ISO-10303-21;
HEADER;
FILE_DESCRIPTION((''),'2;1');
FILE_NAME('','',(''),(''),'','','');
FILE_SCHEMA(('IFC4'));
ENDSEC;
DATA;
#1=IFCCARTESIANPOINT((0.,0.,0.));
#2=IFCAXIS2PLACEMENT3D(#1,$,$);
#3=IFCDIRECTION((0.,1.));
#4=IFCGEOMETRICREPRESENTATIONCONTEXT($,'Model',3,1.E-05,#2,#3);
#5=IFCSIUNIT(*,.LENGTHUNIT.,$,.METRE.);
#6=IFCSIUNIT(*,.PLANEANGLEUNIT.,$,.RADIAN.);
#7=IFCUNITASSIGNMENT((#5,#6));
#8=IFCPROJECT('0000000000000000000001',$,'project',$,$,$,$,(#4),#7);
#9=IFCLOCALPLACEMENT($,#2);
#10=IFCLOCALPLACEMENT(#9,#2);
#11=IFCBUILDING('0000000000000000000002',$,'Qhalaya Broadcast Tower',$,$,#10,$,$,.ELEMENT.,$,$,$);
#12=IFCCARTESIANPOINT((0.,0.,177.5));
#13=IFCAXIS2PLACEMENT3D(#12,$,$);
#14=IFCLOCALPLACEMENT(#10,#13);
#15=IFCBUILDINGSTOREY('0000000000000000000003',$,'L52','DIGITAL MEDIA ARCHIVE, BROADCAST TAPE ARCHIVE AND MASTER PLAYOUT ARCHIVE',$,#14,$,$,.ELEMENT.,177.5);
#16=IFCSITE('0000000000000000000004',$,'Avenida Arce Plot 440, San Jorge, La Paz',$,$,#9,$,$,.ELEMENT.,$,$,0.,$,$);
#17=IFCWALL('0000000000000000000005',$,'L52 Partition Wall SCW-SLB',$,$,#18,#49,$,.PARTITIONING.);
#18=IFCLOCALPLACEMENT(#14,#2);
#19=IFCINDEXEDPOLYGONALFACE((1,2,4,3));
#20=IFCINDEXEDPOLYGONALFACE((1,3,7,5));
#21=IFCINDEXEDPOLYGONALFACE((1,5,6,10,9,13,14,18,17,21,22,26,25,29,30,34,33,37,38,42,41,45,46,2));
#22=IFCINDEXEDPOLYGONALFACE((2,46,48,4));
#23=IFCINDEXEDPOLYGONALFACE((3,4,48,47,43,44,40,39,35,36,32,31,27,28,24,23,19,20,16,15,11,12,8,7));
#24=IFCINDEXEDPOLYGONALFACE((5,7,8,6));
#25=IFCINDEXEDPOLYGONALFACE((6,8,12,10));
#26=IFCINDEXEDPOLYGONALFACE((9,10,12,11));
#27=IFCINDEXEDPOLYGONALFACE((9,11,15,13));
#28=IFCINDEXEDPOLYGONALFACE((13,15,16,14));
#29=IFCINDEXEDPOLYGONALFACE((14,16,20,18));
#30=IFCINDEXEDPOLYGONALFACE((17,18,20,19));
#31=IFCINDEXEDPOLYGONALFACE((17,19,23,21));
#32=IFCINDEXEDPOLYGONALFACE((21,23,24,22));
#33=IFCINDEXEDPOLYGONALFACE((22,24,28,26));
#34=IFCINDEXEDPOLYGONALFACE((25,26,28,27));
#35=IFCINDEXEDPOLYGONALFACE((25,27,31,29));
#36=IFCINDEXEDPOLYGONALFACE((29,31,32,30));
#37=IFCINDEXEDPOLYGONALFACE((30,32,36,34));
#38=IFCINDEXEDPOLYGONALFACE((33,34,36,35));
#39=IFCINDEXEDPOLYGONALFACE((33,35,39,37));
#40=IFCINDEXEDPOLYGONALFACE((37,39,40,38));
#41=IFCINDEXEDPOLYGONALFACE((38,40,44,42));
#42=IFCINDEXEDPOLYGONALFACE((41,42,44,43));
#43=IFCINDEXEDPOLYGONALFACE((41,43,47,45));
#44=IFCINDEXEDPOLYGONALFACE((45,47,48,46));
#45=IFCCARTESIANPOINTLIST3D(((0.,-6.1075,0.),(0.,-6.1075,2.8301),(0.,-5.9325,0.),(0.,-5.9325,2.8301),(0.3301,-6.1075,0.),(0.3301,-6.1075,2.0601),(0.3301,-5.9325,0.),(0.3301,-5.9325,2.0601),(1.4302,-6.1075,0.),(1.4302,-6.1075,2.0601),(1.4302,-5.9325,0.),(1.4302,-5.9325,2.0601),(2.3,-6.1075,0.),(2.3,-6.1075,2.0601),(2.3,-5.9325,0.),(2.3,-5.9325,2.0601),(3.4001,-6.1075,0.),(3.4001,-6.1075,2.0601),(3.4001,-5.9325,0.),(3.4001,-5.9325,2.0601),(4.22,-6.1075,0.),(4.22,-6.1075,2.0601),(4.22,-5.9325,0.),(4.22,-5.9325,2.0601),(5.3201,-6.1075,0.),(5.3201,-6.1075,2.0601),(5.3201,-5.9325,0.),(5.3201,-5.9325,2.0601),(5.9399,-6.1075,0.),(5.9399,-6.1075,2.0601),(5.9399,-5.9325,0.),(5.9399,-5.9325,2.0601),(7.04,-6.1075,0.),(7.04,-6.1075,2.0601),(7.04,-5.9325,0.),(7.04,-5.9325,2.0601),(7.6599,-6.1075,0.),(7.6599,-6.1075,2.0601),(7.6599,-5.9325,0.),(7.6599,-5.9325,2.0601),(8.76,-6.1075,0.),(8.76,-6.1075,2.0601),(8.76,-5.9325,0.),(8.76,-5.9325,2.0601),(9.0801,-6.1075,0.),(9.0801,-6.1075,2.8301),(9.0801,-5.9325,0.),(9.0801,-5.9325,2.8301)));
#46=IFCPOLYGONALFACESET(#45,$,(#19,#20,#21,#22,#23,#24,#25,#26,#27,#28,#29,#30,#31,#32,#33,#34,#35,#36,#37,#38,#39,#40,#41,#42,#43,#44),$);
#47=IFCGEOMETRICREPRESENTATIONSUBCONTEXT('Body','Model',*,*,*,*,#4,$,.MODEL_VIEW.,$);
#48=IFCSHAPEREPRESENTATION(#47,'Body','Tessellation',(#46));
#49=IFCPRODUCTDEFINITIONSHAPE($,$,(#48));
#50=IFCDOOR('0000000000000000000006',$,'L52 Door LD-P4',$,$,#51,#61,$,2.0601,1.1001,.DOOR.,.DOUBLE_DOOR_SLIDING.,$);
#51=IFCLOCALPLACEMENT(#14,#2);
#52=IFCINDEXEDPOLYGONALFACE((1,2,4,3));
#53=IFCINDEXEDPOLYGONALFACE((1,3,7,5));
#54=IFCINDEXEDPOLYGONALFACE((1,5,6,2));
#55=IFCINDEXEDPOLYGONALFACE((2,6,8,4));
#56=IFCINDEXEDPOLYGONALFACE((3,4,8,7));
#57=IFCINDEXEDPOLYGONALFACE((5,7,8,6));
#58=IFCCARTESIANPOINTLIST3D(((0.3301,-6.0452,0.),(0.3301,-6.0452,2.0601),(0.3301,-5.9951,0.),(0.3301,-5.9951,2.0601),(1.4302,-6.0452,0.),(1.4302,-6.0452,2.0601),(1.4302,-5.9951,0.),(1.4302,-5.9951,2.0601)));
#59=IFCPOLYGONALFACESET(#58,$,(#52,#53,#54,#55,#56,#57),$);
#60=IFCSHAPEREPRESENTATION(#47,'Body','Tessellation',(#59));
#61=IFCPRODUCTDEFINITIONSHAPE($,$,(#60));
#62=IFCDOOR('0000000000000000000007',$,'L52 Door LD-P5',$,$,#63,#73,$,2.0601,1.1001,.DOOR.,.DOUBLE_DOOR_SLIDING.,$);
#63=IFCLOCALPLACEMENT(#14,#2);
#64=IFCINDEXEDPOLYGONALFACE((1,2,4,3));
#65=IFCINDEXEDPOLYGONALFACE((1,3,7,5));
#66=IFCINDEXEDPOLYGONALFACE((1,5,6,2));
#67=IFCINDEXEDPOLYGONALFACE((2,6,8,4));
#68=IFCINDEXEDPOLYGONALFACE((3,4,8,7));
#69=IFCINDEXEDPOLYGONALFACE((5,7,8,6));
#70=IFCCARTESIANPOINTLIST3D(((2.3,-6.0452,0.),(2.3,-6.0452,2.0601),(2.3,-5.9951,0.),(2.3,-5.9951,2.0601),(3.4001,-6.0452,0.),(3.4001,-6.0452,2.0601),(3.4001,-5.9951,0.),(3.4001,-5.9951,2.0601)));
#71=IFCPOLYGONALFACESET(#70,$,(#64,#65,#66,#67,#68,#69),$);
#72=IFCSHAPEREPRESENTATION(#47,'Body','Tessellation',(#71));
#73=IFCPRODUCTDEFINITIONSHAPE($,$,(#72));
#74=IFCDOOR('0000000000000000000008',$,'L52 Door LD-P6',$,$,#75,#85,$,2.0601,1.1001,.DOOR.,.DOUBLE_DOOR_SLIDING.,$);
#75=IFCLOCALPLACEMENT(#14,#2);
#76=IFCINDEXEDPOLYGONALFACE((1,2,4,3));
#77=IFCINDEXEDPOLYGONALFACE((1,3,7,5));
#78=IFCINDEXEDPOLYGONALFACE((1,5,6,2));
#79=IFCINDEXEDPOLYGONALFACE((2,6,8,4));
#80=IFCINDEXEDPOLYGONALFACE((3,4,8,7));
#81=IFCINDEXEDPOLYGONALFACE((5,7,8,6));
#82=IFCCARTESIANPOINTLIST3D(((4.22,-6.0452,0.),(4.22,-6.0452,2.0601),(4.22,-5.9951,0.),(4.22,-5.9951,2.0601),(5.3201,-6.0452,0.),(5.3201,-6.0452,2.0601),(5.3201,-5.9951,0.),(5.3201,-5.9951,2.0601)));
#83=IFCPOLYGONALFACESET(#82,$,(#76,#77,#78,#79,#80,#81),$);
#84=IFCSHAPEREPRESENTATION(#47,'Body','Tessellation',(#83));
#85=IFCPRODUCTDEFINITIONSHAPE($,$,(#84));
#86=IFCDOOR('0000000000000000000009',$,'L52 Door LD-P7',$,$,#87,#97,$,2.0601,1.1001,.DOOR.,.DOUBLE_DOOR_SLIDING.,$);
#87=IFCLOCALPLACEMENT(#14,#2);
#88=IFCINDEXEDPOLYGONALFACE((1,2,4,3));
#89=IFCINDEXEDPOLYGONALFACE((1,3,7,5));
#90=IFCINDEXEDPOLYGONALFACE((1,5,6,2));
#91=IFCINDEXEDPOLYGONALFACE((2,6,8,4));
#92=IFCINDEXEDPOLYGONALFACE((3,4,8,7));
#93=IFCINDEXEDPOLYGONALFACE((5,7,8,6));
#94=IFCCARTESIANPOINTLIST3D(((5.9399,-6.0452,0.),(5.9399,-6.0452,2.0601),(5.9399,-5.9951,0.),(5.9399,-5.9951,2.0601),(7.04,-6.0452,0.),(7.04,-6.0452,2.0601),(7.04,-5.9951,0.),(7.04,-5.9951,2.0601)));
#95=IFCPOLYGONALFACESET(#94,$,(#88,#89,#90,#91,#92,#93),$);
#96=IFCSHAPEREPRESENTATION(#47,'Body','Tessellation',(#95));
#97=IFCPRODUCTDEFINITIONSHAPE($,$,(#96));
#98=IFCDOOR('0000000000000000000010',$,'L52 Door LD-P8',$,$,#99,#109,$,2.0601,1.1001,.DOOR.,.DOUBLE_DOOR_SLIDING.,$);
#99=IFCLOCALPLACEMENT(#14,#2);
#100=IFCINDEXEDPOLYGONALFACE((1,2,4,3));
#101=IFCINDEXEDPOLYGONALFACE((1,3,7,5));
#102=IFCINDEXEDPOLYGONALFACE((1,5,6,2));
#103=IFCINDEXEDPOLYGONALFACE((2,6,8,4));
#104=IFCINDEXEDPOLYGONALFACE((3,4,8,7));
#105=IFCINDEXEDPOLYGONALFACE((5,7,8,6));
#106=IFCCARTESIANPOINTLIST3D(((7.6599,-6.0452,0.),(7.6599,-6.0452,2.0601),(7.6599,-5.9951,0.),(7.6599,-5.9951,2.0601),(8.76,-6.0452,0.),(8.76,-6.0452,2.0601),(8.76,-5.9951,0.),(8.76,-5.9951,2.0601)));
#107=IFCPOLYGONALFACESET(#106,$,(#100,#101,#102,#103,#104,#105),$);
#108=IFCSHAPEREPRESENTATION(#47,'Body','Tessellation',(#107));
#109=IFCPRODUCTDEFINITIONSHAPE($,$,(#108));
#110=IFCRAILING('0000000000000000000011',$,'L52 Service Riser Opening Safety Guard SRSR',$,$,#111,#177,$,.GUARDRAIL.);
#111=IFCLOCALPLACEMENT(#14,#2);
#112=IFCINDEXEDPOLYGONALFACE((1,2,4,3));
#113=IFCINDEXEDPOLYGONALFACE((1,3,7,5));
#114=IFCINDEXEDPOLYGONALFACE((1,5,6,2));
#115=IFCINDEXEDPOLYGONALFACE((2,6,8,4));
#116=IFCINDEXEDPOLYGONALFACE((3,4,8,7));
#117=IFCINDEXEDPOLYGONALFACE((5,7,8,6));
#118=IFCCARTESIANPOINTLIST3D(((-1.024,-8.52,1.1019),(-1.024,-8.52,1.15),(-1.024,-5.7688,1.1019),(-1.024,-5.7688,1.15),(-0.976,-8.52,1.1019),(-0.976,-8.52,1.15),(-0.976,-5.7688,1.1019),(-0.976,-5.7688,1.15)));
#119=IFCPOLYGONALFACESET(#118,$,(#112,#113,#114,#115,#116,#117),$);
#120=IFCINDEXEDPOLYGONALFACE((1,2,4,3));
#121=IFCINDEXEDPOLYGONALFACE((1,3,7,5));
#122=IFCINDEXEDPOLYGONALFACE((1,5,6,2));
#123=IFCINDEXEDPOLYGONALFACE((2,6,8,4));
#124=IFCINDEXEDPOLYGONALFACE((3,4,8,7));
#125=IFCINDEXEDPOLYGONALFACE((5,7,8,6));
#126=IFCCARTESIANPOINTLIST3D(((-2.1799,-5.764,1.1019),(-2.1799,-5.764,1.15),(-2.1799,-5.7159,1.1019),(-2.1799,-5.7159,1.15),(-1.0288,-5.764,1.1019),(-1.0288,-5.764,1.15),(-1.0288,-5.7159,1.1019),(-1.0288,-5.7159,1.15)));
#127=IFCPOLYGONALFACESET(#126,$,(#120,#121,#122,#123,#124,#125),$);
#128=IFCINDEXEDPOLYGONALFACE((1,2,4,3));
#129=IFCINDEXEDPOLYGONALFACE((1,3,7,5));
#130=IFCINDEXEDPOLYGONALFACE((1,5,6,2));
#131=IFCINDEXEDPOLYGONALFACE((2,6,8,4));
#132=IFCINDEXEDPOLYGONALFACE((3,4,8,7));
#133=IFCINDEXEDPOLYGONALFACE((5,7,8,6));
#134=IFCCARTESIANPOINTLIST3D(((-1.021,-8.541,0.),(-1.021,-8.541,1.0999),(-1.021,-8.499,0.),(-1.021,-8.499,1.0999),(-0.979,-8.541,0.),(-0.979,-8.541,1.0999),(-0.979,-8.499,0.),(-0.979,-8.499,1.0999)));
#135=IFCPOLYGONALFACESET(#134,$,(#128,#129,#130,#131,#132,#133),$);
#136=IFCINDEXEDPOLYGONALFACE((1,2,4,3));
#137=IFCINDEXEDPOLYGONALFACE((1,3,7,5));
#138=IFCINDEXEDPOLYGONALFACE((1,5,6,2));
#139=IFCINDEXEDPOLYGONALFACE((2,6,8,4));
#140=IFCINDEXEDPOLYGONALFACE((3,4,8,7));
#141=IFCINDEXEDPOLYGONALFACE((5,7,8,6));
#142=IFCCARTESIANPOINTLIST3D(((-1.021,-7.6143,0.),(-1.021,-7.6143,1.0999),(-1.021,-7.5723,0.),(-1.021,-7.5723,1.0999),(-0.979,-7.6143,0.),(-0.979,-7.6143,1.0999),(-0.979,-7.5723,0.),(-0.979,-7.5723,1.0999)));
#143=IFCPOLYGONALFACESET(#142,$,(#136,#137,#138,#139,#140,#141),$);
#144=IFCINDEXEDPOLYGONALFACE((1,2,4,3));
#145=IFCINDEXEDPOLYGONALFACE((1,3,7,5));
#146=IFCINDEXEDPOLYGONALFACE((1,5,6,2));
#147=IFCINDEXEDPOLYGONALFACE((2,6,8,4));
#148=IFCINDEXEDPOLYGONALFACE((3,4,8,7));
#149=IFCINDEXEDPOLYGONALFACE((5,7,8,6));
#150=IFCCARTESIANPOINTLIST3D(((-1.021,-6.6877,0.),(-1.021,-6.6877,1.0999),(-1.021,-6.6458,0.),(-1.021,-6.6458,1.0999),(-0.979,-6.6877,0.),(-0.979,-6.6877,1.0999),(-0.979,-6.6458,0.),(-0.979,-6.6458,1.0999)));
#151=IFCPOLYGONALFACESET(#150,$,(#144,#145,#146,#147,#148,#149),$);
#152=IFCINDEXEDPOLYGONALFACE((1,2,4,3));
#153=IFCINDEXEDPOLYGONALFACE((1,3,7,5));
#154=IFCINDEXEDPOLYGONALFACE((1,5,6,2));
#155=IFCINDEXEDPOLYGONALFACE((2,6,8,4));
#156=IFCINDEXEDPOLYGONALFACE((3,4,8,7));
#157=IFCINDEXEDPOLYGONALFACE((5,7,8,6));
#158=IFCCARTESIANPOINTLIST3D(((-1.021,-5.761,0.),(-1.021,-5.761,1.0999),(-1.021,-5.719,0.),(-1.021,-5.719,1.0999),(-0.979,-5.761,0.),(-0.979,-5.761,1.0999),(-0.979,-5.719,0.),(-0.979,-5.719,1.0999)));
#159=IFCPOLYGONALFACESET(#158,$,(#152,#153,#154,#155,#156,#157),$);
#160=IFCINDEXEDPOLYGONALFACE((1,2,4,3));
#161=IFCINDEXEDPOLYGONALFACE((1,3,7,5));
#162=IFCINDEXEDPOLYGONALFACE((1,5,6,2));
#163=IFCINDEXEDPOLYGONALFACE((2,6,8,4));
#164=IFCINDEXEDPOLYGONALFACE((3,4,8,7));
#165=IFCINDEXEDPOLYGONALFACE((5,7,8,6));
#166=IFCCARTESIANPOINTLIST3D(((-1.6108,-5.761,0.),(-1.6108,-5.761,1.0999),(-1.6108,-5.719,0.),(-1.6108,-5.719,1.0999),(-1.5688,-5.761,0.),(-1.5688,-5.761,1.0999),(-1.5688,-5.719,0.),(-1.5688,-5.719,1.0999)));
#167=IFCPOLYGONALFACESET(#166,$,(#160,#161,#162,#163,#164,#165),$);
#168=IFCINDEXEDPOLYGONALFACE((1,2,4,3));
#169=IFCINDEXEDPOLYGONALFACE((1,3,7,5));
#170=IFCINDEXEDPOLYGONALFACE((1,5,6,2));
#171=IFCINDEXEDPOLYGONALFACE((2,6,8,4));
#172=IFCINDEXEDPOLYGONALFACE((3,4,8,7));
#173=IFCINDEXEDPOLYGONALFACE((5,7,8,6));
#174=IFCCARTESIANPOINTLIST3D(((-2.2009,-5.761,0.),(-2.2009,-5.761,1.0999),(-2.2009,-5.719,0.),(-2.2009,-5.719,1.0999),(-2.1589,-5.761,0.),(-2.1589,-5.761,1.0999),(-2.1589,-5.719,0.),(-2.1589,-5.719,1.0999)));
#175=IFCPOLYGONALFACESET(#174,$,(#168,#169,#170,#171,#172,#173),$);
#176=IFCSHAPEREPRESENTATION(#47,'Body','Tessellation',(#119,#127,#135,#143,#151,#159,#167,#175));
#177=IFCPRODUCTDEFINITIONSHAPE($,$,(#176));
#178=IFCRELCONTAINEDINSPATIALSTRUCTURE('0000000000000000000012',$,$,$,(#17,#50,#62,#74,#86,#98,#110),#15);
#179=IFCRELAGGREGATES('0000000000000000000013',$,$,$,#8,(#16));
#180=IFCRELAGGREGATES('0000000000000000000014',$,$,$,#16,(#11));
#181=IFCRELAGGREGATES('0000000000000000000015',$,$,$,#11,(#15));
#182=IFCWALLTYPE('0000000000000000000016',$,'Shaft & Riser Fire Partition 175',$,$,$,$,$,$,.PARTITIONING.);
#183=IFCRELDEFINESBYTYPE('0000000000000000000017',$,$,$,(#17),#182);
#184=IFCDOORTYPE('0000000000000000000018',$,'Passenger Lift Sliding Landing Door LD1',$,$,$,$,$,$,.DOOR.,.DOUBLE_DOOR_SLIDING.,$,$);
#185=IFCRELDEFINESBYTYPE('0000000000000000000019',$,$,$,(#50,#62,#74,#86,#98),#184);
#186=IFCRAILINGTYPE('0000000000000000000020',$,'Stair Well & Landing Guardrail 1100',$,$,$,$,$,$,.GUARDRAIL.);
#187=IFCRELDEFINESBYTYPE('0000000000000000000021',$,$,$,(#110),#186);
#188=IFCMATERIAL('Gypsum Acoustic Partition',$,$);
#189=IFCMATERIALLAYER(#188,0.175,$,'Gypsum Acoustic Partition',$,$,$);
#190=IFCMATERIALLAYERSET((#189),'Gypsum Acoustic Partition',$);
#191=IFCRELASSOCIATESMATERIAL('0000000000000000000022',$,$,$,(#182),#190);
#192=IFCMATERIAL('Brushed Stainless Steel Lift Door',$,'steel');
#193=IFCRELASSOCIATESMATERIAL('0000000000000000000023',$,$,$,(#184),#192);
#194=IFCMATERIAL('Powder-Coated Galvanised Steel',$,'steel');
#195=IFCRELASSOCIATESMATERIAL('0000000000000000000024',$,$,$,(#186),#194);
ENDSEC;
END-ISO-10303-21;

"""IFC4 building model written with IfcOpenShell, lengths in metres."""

from ifc_helpers import new_model, si_unit, direction, frame, frame_2d, origin, origin_2d, place, context, subcontext, project, spatial, rectangle, extrude, material, layer, layer_set, type_object, element, fill, save


model = new_model("IFC4")

# Units and contexts
model_context = context("Model", 3, precision=1e-05, world=origin(), true_north=direction((0.0, 1.0)))
body_context = subcontext(model_context, "Body", "Model", "MODEL_VIEW")
ifc_project = project(units=[si_unit("LENGTHUNIT", "METRE"), si_unit("PLANEANGLEUNIT", "RADIAN")], contexts=[model_context])

# Site, building, storey
site_placement = place(None, origin())
site = spatial("IfcSite", under=ifc_project, at=site_placement, Name="Avenida Arce Plot 440, San Jorge, La Paz", CompositionType="ELEMENT", RefElevation=0.0)
building_placement = place(site_placement, origin())
building = spatial("IfcBuilding", under=site, at=building_placement, Name="Qhalaya Broadcast Tower", CompositionType="ELEMENT")
storey_placement = place(building_placement, frame((0.0, 0.0, 177.5)))
storey = spatial("IfcBuildingStorey", under=building, at=storey_placement, Name="L52", Description="DIGITAL MEDIA ARCHIVE, BROADCAST TAPE ARCHIVE AND MASTER PLAYOUT ARCHIVE", CompositionType="ELEMENT", Elevation=177.5)

# Shared definitions
ifc_material_1 = material(Name="Gypsum Acoustic Partition")

# Shared definitions
ifc_layer_1 = layer(ifc_material_1, 0.175, Name="Gypsum Acoustic Partition")
ifc_layer_set_1 = layer_set([ifc_layer_1], Name="Gypsum Acoustic Partition")
wall_type_1 = type_object("IfcWallType", Name="Shaft & Riser Fire Partition 175", PredefinedType="PARTITIONING", material=ifc_layer_set_1)

# Wall, openings, doors
wall_1_placement = place(storey_placement, frame((0.0, -6.02, 0.0), z_axis=(0.0, 0.0, 1.0), x_axis=(1.0, 0.0, 0.0)))
wall_1 = element("IfcWall", 1, at=wall_1_placement, inside=storey, type_object=wall_type_1, Name="L52 Partition Wall SCW-SLB", PredefinedType="PARTITIONING", context=body_context, shape_type="SweptSolid", body=[
    extrude(rectangle(XDim=9.0801, YDim=0.175, at=frame_2d((4.54, 0.0))), origin(), (0.0, 0.0, 1.0), 2.8301),
])
opening_1_placement = place(wall_1_placement, frame((0.3301, 0.0, 0.0)))
opening_1 = element("IfcOpeningElement", 2, at=opening_1_placement, cuts=wall_1, PredefinedType="OPENING", context=body_context, shape_type="SweptSolid", body=[
    extrude(rectangle(XDim=1.1001, YDim=2.0601, at=frame_2d((0.55, 1.03))), frame((0.0, 0.0996, 0.0), z_axis=(0.0, -1.0, 0.0), x_axis=(1.0, 0.0, 0.0)), (0.0, 0.0, 1.0), 0.199),
])
opening_2_placement = place(wall_1_placement, frame((2.3, 0.0, 0.0)))
opening_2 = element("IfcOpeningElement", 3, at=opening_2_placement, cuts=wall_1, PredefinedType="OPENING", context=body_context, shape_type="SweptSolid", body=[
    extrude(rectangle(XDim=1.1001, YDim=2.0601, at=frame_2d((0.55, 1.03))), frame((0.0, 0.0996, 0.0), z_axis=(0.0, -1.0, 0.0), x_axis=(1.0, 0.0, 0.0)), (0.0, 0.0, 1.0), 0.199),
])
opening_3_placement = place(wall_1_placement, frame((4.22, 0.0, 0.0)))
opening_3 = element("IfcOpeningElement", 4, at=opening_3_placement, cuts=wall_1, PredefinedType="OPENING", context=body_context, shape_type="SweptSolid", body=[
    extrude(rectangle(XDim=1.1001, YDim=2.0601, at=frame_2d((0.55, 1.03))), frame((0.0, 0.0996, 0.0), z_axis=(0.0, -1.0, 0.0), x_axis=(1.0, 0.0, 0.0)), (0.0, 0.0, 1.0), 0.199),
])
opening_4_placement = place(wall_1_placement, frame((5.9399, 0.0, 0.0)))
opening_4 = element("IfcOpeningElement", 5, at=opening_4_placement, cuts=wall_1, PredefinedType="OPENING", context=body_context, shape_type="SweptSolid", body=[
    extrude(rectangle(XDim=1.1001, YDim=2.0601, at=frame_2d((0.55, 1.03))), frame((0.0, 0.0996, 0.0), z_axis=(0.0, -1.0, 0.0), x_axis=(1.0, 0.0, 0.0)), (0.0, 0.0, 1.0), 0.199),
])
opening_5_placement = place(wall_1_placement, frame((7.6599, 0.0, 0.0)))
opening_5 = element("IfcOpeningElement", 6, at=opening_5_placement, cuts=wall_1, PredefinedType="OPENING", context=body_context, shape_type="SweptSolid", body=[
    extrude(rectangle(XDim=1.1001, YDim=2.0601, at=frame_2d((0.55, 1.03))), frame((0.0, 0.0996, 0.0), z_axis=(0.0, -1.0, 0.0), x_axis=(1.0, 0.0, 0.0)), (0.0, 0.0, 1.0), 0.199),
])
ifc_material_2 = material(Name="Brushed Stainless Steel Lift Door", Category="steel")
door_type_1 = type_object("IfcDoorType", Name="Passenger Lift Sliding Landing Door LD1", OperationType="DOUBLE_DOOR_SLIDING", PredefinedType="DOOR", material=ifc_material_2)
door_1_placement = place(opening_1_placement, origin())
door_1 = element("IfcDoor", 7, at=door_1_placement, inside=storey, type_object=door_type_1, Name="L52 Door LD-P4", OperationType="DOUBLE_DOOR_SLIDING", OverallHeight=2.0601, OverallWidth=1.1001, PredefinedType="DOOR", context=body_context, shape_type="SweptSolid", body=[
    extrude(rectangle(XDim=1.1001, YDim=2.0601, at=frame_2d((0.55, 1.03))), frame((0.0, 0.0249, 0.0), z_axis=(0.0, -1.0, 0.0), x_axis=(1.0, 0.0, 0.0)), (0.0, 0.0, 1.0), 0.05),
])
fill(opening_1, door_1)
door_2_placement = place(opening_2_placement, origin())
door_2 = element("IfcDoor", 8, at=door_2_placement, inside=storey, type_object=door_type_1, Name="L52 Door LD-P5", OperationType="DOUBLE_DOOR_SLIDING", OverallHeight=2.0601, OverallWidth=1.1001, PredefinedType="DOOR", context=body_context, shape_type="SweptSolid", body=[
    extrude(rectangle(XDim=1.1001, YDim=2.0601, at=frame_2d((0.55, 1.03))), frame((0.0, 0.0249, 0.0), z_axis=(0.0, -1.0, 0.0), x_axis=(1.0, 0.0, 0.0)), (0.0, 0.0, 1.0), 0.05),
])
fill(opening_2, door_2)
door_3_placement = place(opening_3_placement, origin())
door_3 = element("IfcDoor", 9, at=door_3_placement, inside=storey, type_object=door_type_1, Name="L52 Door LD-P6", OperationType="DOUBLE_DOOR_SLIDING", OverallHeight=2.0601, OverallWidth=1.1001, PredefinedType="DOOR", context=body_context, shape_type="SweptSolid", body=[
    extrude(rectangle(XDim=1.1001, YDim=2.0601, at=frame_2d((0.55, 1.03))), frame((0.0, 0.0249, 0.0), z_axis=(0.0, -1.0, 0.0), x_axis=(1.0, 0.0, 0.0)), (0.0, 0.0, 1.0), 0.05),
])
fill(opening_3, door_3)
door_4_placement = place(opening_4_placement, origin())
door_4 = element("IfcDoor", 10, at=door_4_placement, inside=storey, type_object=door_type_1, Name="L52 Door LD-P7", OperationType="DOUBLE_DOOR_SLIDING", OverallHeight=2.0601, OverallWidth=1.1001, PredefinedType="DOOR", context=body_context, shape_type="SweptSolid", body=[
    extrude(rectangle(XDim=1.1001, YDim=2.0601, at=frame_2d((0.55, 1.03))), frame((0.0, 0.0249, 0.0), z_axis=(0.0, -1.0, 0.0), x_axis=(1.0, 0.0, 0.0)), (0.0, 0.0, 1.0), 0.05),
])
fill(opening_4, door_4)
door_5_placement = place(opening_5_placement, origin())
door_5 = element("IfcDoor", 11, at=door_5_placement, inside=storey, type_object=door_type_1, Name="L52 Door LD-P8", OperationType="DOUBLE_DOOR_SLIDING", OverallHeight=2.0601, OverallWidth=1.1001, PredefinedType="DOOR", context=body_context, shape_type="SweptSolid", body=[
    extrude(rectangle(XDim=1.1001, YDim=2.0601, at=frame_2d((0.55, 1.03))), frame((0.0, 0.0249, 0.0), z_axis=(0.0, -1.0, 0.0), x_axis=(1.0, 0.0, 0.0)), (0.0, 0.0, 1.0), 0.05),
])
fill(opening_5, door_5)

# Railing
ifc_material_3 = material(Name="Powder-Coated Galvanised Steel", Category="steel")
railing_type = type_object("IfcRailingType", Name="Stair Well & Landing Guardrail 1100", PredefinedType="GUARDRAIL", material=ifc_material_3)
railing_placement = place(storey_placement, frame((-1.0, -8.52, 0.0)))
element("IfcRailing", 12, at=railing_placement, inside=storey, type_object=railing_type, Name="L52 Service Riser Opening Safety Guard SRSR", PredefinedType="GUARDRAIL", context=body_context, shape_type="SweptSolid", body=[
    extrude(rectangle(XDim=0.0481, YDim=0.0481, at=origin_2d()), frame((0.0, 0.0, 1.126), z_axis=(0.0, 1.0, 0.0), x_axis=(-1.0, 0.0, 0.0)), (0.0, 0.0, 1.0), 2.7512),
    extrude(rectangle(XDim=0.0481, YDim=0.0481, at=origin_2d()), frame((-0.0288, 2.78, 1.126), z_axis=(-1.0, 0.0, 0.0), x_axis=(0.0, -1.0, 0.0)), (0.0, 0.0, 1.0), 1.1511),
    extrude(rectangle(XDim=0.042, YDim=0.042, at=origin_2d()), origin(), (0.0, 0.0, 1.0), 1.0999),
    extrude(rectangle(XDim=0.042, YDim=0.042, at=origin_2d()), frame((0.0, 0.9268, 0.0)), (0.0, 0.0, 1.0), 1.0999),
    extrude(rectangle(XDim=0.042, YDim=0.042, at=origin_2d()), frame((0.0, 1.8533, 0.0)), (0.0, 0.0, 1.0), 1.0999),
    extrude(rectangle(XDim=0.042, YDim=0.042, at=origin_2d()), frame((0.0, 2.78, 0.0)), (0.0, 0.0, 1.0), 1.0999),
    extrude(rectangle(XDim=0.042, YDim=0.042, at=origin_2d()), frame((-0.5898, 2.78, 0.0)), (0.0, 0.0, 1.0), 1.0999),
    extrude(rectangle(XDim=0.042, YDim=0.042, at=origin_2d()), frame((-1.1799, 2.78, 0.0)), (0.0, 0.0, 1.0), 1.0999),
])

save(model, "model.ifc")
